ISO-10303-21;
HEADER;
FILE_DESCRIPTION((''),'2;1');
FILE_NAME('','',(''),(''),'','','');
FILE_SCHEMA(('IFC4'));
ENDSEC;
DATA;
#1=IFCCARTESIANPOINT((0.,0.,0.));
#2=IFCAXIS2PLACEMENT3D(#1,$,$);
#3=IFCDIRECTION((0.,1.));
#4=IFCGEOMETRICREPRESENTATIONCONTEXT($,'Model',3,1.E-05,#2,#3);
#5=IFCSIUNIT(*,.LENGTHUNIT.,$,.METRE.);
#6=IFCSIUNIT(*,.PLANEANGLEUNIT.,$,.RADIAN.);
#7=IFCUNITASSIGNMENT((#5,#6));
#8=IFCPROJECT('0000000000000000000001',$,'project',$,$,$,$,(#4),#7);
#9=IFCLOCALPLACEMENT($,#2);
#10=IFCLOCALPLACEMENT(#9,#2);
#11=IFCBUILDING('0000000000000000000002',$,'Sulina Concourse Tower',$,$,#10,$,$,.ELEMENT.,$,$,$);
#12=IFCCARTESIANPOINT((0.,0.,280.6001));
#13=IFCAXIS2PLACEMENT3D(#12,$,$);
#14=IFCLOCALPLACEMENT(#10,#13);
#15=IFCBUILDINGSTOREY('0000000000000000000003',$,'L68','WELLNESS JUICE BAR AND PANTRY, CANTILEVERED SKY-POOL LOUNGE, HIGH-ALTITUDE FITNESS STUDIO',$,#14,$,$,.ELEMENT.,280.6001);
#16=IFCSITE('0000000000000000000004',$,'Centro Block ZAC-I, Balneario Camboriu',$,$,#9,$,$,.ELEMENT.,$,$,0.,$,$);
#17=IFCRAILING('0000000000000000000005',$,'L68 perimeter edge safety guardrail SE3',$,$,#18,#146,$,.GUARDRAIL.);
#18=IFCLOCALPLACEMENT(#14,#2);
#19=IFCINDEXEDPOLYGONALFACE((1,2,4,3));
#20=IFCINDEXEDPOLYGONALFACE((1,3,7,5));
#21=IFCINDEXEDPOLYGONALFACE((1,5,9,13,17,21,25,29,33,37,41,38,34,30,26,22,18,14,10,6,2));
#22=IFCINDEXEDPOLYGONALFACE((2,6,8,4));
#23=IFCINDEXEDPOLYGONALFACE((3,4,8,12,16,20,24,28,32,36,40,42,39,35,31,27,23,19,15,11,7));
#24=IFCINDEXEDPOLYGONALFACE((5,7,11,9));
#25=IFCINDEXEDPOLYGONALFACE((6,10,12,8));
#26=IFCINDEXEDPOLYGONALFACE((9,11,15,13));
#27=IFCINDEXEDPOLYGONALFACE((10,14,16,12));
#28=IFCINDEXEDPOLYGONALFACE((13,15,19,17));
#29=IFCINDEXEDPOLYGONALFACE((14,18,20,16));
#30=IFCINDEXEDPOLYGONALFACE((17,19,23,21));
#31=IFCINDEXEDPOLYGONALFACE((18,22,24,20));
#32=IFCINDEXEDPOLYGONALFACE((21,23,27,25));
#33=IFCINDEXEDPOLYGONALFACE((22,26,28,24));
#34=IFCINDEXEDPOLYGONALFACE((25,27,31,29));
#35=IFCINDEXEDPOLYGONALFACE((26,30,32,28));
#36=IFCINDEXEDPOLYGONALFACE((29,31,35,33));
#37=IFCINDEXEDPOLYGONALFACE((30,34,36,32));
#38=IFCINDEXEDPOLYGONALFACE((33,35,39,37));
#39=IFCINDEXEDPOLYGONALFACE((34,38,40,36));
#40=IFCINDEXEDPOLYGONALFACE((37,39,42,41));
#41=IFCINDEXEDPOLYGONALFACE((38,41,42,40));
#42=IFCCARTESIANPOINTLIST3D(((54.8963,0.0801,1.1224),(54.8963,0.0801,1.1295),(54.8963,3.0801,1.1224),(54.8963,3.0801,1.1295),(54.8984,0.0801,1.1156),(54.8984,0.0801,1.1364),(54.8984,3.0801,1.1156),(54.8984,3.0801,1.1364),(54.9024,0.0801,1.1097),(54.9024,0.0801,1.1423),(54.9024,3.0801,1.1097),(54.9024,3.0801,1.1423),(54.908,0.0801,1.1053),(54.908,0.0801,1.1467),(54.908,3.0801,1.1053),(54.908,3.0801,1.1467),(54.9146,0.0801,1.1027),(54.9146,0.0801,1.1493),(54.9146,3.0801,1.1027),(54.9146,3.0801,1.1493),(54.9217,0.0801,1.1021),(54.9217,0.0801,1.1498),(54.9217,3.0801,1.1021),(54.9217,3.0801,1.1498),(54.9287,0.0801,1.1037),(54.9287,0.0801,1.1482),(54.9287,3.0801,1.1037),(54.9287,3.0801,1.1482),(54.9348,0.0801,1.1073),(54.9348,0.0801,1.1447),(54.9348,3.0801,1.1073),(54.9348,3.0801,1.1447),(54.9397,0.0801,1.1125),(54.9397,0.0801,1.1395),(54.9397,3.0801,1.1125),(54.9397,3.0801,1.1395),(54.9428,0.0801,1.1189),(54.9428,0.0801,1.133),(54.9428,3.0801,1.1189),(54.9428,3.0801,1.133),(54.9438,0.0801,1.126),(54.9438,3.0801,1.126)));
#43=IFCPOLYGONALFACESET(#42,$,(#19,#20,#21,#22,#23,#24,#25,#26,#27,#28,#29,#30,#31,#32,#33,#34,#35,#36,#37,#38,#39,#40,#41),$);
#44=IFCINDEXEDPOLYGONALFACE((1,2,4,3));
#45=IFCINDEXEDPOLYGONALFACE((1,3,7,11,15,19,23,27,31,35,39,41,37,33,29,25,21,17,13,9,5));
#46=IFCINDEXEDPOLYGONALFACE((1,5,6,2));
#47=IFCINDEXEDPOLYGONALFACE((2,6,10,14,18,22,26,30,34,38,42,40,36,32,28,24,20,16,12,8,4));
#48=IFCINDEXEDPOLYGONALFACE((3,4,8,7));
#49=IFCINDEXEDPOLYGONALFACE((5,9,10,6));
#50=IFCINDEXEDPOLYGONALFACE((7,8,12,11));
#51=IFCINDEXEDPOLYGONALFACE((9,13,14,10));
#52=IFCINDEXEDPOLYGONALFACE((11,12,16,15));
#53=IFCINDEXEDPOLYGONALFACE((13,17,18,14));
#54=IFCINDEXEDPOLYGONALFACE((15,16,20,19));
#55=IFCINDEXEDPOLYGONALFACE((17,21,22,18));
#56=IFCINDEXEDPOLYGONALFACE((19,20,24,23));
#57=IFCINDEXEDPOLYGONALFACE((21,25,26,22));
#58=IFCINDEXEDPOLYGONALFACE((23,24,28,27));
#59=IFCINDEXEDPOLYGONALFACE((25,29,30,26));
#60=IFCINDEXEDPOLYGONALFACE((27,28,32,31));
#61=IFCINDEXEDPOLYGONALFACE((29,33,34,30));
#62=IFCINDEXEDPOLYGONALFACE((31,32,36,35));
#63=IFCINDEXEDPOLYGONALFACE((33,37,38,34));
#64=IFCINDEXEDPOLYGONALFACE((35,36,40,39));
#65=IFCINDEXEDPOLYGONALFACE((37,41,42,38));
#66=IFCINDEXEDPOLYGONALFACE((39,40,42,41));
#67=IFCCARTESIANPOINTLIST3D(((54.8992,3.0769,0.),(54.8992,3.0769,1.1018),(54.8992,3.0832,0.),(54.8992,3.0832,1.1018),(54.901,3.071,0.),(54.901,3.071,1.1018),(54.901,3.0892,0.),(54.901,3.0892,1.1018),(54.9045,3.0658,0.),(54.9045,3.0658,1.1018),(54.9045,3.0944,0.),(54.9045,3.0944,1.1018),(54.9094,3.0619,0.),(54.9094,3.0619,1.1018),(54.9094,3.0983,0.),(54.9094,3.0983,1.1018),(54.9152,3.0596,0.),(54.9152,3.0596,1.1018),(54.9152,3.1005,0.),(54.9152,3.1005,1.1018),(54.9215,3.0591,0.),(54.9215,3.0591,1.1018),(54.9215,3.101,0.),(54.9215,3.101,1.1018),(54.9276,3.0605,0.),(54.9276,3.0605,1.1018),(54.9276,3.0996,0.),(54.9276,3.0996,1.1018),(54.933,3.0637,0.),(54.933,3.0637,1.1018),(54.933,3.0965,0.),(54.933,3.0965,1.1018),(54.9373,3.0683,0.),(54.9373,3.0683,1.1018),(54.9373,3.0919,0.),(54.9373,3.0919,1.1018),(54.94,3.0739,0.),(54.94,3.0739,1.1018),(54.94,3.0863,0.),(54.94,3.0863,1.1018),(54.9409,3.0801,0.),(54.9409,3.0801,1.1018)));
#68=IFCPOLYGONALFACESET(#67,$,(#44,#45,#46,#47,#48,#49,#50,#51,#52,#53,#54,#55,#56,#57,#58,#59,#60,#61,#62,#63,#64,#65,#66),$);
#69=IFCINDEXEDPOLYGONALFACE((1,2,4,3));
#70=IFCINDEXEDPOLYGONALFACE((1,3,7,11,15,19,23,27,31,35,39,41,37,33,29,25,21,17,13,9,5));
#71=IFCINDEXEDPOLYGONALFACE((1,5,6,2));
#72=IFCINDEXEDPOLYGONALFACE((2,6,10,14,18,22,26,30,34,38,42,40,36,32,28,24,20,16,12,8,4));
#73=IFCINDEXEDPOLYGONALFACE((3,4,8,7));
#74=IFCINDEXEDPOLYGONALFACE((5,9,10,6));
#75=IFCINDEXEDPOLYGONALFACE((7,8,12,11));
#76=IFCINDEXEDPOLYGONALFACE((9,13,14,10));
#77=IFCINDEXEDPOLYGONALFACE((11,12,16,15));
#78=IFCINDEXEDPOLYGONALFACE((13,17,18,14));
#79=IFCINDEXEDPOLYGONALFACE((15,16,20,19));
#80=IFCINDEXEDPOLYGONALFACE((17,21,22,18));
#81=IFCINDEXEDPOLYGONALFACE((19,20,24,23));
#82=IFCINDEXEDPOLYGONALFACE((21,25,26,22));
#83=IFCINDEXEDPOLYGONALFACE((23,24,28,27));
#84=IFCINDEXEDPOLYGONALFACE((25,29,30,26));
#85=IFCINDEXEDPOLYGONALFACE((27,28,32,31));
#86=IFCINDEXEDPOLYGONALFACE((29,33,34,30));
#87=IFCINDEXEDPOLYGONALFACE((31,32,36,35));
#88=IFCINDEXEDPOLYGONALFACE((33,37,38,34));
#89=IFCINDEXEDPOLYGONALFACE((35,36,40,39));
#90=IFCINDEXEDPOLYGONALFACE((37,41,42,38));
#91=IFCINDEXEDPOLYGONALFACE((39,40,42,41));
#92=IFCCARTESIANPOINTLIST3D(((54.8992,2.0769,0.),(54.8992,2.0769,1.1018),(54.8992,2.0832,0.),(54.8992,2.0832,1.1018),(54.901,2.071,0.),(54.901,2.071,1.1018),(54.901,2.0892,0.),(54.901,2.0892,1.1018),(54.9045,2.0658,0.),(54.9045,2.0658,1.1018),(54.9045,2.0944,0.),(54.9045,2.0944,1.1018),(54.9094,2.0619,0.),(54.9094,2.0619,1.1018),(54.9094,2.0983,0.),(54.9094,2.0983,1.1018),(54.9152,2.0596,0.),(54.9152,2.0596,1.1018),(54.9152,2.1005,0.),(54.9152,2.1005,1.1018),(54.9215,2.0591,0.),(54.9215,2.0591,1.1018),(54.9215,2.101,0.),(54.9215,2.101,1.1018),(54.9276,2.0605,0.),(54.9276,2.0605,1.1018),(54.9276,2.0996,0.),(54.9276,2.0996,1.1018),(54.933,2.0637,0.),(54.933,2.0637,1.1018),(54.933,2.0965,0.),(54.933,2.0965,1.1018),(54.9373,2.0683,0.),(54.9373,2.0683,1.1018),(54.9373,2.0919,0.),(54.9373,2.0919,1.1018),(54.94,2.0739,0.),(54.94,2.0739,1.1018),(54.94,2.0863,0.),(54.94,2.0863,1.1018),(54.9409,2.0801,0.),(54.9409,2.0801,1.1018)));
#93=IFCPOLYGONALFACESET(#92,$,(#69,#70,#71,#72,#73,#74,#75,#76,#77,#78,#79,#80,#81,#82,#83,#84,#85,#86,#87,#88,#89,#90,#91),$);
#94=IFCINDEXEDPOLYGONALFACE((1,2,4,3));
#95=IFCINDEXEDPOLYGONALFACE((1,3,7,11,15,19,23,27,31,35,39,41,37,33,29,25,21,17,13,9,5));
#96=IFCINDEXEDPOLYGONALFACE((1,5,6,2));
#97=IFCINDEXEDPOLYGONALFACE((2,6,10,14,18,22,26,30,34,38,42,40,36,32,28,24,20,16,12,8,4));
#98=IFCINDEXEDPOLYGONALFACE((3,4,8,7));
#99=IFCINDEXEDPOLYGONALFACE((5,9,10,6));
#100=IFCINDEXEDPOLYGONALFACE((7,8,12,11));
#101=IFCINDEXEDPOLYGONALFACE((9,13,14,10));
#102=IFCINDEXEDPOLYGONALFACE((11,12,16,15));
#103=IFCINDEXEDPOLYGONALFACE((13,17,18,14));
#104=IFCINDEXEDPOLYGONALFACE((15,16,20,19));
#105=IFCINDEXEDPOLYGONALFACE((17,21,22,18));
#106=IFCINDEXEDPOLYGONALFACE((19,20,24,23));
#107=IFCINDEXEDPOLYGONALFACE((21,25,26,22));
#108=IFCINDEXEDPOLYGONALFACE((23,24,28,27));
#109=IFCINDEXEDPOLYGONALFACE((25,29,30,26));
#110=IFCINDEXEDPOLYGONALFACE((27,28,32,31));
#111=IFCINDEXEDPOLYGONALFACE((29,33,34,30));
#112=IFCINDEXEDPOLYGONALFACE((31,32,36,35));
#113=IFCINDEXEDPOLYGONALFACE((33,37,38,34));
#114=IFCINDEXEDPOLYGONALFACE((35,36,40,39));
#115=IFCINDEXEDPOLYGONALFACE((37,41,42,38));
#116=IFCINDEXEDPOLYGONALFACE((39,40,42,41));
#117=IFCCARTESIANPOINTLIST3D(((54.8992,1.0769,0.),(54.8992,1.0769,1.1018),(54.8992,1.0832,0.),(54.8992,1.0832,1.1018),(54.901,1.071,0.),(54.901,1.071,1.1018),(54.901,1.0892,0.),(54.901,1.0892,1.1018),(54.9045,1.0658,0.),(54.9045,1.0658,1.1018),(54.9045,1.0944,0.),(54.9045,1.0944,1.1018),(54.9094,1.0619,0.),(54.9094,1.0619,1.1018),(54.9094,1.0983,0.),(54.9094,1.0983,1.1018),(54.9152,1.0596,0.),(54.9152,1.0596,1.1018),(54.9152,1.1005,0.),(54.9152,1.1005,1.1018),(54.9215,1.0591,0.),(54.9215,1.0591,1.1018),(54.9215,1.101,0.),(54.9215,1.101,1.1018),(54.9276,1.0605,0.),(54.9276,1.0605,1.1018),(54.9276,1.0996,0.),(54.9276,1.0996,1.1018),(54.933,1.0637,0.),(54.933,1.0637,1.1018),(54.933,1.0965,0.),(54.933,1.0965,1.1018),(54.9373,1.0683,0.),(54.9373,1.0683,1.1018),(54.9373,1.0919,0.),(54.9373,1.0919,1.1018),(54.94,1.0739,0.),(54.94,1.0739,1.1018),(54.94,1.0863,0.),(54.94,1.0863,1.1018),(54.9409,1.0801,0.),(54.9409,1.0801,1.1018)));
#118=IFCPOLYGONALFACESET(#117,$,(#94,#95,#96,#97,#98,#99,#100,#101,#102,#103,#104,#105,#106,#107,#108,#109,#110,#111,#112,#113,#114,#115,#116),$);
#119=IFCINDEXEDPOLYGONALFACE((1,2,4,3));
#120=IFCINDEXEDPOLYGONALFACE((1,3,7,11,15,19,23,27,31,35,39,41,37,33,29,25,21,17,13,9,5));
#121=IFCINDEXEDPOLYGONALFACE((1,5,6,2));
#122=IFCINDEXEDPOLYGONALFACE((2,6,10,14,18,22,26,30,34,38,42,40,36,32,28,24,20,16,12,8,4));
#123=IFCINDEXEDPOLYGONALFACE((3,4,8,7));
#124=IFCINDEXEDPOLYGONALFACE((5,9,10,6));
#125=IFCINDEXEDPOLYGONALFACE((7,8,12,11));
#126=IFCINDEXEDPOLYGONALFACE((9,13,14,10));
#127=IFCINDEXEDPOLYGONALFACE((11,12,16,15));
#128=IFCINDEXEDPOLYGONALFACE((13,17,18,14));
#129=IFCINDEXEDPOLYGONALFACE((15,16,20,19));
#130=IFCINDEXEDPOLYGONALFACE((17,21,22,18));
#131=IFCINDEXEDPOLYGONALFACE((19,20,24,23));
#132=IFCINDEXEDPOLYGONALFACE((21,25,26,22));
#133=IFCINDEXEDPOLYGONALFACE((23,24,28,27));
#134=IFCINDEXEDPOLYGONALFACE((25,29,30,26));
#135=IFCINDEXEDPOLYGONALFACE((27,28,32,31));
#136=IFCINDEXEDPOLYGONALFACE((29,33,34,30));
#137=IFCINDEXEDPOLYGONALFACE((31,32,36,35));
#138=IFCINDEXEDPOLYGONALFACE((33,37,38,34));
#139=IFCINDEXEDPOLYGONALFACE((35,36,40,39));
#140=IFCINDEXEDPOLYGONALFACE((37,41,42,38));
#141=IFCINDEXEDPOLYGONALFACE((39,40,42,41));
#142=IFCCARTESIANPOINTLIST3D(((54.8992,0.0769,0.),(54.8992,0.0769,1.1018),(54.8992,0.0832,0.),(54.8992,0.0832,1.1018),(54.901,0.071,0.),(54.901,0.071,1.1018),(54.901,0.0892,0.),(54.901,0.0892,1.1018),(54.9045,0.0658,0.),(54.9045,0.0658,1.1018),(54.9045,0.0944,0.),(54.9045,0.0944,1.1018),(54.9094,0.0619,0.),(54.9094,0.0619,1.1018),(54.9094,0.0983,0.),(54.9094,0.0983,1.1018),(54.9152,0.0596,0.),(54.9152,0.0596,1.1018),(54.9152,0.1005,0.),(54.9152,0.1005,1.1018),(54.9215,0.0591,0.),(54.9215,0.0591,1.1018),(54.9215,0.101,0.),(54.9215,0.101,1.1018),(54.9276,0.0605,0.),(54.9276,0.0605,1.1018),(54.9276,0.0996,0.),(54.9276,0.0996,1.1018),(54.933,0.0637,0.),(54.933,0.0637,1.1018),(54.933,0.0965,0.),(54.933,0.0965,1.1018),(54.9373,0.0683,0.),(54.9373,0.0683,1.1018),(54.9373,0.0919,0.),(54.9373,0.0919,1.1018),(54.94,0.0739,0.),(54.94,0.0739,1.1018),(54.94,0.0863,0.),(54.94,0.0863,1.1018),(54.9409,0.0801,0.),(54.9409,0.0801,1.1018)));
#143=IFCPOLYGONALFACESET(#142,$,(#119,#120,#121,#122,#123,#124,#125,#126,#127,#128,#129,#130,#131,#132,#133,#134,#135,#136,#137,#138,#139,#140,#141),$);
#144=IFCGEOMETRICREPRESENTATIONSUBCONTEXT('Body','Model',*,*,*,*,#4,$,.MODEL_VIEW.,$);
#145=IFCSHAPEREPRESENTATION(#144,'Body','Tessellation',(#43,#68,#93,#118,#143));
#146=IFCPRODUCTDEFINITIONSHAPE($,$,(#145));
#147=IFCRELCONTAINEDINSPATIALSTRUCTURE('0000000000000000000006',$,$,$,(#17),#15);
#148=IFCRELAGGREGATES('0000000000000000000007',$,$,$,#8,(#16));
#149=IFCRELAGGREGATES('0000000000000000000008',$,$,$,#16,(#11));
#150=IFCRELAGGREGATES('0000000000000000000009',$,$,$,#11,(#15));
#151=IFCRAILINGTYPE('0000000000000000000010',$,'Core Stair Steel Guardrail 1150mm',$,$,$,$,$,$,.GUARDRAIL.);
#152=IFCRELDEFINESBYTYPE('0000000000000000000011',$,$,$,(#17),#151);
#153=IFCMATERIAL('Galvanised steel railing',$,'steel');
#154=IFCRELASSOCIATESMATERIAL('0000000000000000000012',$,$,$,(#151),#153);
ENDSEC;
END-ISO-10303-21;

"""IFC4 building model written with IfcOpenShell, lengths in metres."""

from ifc_helpers import new_model, si_unit, direction, frame, origin, origin_2d, place, context, subcontext, project, spatial, circle, extrude, material, type_object, element, save


model = new_model("IFC4")

# Units and contexts
model_context = context("Model", 3, precision=1e-05, world=origin(), true_north=direction((0.0, 1.0)))
body_context = subcontext(model_context, "Body", "Model", "MODEL_VIEW")
ifc_project = project(units=[si_unit("LENGTHUNIT", "METRE"), si_unit("PLANEANGLEUNIT", "RADIAN")], contexts=[model_context])

# Site, building, storey
site_placement = place(None, origin())
site = spatial("IfcSite", under=ifc_project, at=site_placement, Name="Centro Block ZAC-I, Balneario Camboriu", CompositionType="ELEMENT", RefElevation=0.0)
building_placement = place(site_placement, origin())
building = spatial("IfcBuilding", under=site, at=building_placement, Name="Sulina Concourse Tower", CompositionType="ELEMENT")
storey_placement = place(building_placement, frame((0.0, 0.0, 280.6001)))
storey = spatial("IfcBuildingStorey", under=building, at=storey_placement, Name="L68", Description="WELLNESS JUICE BAR AND PANTRY, CANTILEVERED SKY-POOL LOUNGE, HIGH-ALTITUDE FITNESS STUDIO", CompositionType="ELEMENT", Elevation=280.6001)

# Railing
ifc_material_1 = material(Name="Galvanised steel railing", Category="steel")
railing_type = type_object("IfcRailingType", Name="Core Stair Steel Guardrail 1150mm", PredefinedType="GUARDRAIL", material=ifc_material_1)
railing_1_placement = place(storey_placement, frame((54.9199, 3.0801, 0.0)))
element("IfcRailing", 1, at=railing_1_placement, inside=storey, type_object=railing_type, Name="L68 perimeter edge safety guardrail SE3", PredefinedType="GUARDRAIL", context=body_context, shape_type="SweptSolid", body=[
    extrude(circle(Radius=0.0239, at=origin_2d()), frame((0.0, 0.0, 1.126), z_axis=(0.0, -1.0, 0.0), x_axis=(1.0, 0.0, 0.0)), (0.0, 0.0, 1.0), 3.0),
    extrude(circle(Radius=0.021, at=origin_2d()), origin(), (0.0, 0.0, 1.0), 1.1018),
    extrude(circle(Radius=0.021, at=origin_2d()), frame((0.0, -1.0, 0.0)), (0.0, 0.0, 1.0), 1.1018),
    extrude(circle(Radius=0.021, at=origin_2d()), frame((0.0, -2.0, 0.0)), (0.0, 0.0, 1.0), 1.1018),
    extrude(circle(Radius=0.021, at=origin_2d()), frame((0.0, -3.0, 0.0)), (0.0, 0.0, 1.0), 1.1018),
])

save(model, "model.ifc")
